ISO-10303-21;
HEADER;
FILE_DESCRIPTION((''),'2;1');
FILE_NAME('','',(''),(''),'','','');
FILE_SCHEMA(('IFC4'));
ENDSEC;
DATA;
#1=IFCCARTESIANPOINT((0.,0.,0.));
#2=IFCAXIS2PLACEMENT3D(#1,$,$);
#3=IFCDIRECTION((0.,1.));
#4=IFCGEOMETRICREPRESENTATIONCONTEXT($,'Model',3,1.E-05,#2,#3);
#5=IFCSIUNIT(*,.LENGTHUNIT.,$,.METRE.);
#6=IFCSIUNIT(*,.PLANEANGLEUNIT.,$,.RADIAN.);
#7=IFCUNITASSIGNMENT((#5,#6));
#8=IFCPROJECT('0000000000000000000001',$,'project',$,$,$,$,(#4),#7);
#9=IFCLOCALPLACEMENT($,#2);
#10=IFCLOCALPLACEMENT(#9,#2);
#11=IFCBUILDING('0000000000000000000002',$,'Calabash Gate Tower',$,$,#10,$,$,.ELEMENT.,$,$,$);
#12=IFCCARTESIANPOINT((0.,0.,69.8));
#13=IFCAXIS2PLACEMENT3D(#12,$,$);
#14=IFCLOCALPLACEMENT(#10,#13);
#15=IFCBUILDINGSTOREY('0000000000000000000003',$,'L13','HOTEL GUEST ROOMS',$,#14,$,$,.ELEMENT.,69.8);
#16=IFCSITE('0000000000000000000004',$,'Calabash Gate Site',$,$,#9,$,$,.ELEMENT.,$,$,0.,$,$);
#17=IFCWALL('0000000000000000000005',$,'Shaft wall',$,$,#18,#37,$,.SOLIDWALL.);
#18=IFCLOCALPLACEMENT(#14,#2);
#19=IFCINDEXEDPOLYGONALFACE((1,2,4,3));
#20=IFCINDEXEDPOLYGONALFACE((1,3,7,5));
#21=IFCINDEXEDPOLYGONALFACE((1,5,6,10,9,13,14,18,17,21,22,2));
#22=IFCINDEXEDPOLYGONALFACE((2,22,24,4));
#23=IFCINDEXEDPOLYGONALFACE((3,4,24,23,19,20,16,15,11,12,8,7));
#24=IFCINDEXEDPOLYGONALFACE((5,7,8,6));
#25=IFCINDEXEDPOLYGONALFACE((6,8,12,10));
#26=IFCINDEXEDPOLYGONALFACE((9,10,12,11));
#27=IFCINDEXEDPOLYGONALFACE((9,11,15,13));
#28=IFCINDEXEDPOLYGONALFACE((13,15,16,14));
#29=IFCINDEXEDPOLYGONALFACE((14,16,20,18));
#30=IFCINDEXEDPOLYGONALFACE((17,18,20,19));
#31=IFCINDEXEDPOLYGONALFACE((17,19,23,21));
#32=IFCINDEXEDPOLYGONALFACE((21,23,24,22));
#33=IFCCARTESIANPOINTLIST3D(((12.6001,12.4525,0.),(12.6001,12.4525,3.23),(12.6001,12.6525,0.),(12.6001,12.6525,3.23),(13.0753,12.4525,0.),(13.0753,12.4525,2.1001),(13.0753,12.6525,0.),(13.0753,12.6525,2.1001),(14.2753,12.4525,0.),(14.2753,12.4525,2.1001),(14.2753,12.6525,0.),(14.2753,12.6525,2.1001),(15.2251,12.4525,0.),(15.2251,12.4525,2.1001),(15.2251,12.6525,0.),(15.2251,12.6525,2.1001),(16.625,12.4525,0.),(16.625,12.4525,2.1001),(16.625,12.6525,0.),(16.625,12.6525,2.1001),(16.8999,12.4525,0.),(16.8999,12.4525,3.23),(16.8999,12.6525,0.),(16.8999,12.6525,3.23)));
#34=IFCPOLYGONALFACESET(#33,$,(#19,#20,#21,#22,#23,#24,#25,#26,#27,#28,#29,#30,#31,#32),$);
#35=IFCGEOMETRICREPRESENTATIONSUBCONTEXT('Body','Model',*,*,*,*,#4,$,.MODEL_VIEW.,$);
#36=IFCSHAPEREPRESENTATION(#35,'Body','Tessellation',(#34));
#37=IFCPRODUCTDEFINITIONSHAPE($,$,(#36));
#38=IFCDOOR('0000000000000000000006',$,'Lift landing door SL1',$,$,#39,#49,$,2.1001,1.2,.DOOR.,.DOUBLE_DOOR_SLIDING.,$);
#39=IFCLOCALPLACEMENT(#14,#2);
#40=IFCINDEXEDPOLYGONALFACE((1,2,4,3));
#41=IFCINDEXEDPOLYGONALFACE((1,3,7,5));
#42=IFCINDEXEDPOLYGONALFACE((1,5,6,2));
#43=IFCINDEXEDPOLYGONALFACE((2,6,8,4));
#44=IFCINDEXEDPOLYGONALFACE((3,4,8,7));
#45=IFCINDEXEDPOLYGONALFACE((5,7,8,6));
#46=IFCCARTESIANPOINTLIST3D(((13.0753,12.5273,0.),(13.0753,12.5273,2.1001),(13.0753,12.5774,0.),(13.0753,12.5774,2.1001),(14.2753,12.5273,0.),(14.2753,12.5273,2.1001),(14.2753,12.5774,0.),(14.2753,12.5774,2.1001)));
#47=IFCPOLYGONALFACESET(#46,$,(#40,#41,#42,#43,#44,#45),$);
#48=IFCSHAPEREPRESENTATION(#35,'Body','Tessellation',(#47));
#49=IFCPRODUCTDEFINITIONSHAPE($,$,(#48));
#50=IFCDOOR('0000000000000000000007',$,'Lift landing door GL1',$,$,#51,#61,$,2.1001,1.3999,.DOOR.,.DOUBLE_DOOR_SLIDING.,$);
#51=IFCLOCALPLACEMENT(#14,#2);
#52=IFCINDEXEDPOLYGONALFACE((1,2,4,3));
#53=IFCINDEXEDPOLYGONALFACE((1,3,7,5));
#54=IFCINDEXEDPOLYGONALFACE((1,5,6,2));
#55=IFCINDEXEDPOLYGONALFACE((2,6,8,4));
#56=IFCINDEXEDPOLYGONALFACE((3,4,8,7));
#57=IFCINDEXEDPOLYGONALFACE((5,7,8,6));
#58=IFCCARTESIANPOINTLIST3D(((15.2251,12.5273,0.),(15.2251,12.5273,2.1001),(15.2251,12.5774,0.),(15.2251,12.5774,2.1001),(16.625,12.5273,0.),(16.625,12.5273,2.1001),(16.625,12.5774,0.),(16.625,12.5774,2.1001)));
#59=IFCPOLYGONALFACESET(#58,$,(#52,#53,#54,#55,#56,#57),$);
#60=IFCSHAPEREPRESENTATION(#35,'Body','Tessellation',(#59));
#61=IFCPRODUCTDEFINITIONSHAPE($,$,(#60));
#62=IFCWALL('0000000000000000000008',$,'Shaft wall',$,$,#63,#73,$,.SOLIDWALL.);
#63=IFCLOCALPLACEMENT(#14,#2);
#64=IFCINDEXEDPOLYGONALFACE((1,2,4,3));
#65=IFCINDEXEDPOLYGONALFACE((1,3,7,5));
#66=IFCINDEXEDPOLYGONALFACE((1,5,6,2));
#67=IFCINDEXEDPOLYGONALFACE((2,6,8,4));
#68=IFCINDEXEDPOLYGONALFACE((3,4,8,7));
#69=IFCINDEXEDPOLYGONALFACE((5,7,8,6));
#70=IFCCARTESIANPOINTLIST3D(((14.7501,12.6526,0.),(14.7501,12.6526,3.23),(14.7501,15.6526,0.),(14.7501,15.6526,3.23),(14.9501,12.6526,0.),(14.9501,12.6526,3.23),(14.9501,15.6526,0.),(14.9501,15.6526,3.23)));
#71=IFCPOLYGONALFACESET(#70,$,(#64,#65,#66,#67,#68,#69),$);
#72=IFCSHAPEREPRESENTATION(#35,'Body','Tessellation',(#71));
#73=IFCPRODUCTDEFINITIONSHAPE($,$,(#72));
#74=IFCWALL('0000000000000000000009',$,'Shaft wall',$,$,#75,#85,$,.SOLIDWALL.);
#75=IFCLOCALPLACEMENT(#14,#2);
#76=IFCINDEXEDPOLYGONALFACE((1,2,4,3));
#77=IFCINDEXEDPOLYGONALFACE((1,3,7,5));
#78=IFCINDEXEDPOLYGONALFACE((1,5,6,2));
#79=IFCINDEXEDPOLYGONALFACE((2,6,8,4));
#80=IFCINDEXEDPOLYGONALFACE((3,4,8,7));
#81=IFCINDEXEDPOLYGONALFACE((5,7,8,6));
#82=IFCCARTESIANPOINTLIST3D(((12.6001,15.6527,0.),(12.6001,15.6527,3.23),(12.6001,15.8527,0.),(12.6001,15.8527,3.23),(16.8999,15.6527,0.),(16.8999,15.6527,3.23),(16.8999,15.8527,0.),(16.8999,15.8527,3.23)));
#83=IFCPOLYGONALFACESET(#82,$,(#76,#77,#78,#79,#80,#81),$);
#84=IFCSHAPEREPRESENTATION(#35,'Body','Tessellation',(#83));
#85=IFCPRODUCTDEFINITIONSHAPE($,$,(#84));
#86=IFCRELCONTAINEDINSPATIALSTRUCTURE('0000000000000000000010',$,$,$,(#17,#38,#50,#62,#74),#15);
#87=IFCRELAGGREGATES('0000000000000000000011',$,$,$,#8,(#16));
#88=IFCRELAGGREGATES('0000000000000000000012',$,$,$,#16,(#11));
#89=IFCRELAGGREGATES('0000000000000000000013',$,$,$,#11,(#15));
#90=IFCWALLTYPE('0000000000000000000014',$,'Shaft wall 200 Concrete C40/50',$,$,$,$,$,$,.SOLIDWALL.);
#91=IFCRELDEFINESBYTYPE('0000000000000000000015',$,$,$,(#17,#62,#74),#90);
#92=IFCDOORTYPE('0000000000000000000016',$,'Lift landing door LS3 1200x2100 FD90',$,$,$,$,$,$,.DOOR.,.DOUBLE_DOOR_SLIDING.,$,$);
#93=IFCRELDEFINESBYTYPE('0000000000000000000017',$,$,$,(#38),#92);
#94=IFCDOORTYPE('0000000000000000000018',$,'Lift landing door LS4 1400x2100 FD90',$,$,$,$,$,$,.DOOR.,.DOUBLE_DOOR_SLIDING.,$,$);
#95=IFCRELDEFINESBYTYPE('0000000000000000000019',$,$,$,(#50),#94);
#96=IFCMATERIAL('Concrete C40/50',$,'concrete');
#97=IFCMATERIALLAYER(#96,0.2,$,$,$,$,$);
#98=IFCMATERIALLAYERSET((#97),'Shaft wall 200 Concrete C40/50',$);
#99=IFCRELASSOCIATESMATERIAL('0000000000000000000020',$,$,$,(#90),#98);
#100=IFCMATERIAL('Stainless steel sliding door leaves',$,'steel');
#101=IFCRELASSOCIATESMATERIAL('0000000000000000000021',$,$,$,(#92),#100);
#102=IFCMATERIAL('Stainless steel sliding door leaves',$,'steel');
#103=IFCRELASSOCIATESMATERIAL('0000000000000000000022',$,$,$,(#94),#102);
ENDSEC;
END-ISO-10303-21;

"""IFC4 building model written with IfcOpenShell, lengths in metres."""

from ifc_helpers import new_model, si_unit, direction, frame, frame_2d, origin, place, context, subcontext, project, spatial, rectangle, extrude, material, layer, layer_set, type_object, element, fill, save


model = new_model("IFC4")

# Units and contexts
model_context = context("Model", 3, precision=1e-05, world=origin(), true_north=direction((0.0, 1.0)))
body_context = subcontext(model_context, "Body", "Model", "MODEL_VIEW")
ifc_project = project(units=[si_unit("LENGTHUNIT", "METRE"), si_unit("PLANEANGLEUNIT", "RADIAN")], contexts=[model_context])

# Site, building, storey
site_placement = place(None, origin())
site = spatial("IfcSite", under=ifc_project, at=site_placement, Name="Calabash Gate Site", CompositionType="ELEMENT", RefElevation=0.0)
building_placement = place(site_placement, origin())
building = spatial("IfcBuilding", under=site, at=building_placement, Name="Calabash Gate Tower", CompositionType="ELEMENT")
storey_placement = place(building_placement, frame((0.0, 0.0, 69.8)))
storey = spatial("IfcBuildingStorey", under=building, at=storey_placement, Name="L13", Description="HOTEL GUEST ROOMS", CompositionType="ELEMENT", Elevation=69.8)

# Shared definitions
ifc_material_1 = material(Name="Concrete C40/50", Category="concrete")
ifc_layer_1 = layer(ifc_material_1, 0.2)
ifc_layer_set_1 = layer_set([ifc_layer_1], Name="Shaft wall 200 Concrete C40/50")
wall_type_1 = type_object("IfcWallType", Name="Shaft wall 200 Concrete C40/50", PredefinedType="SOLIDWALL", material=ifc_layer_set_1)

# Wall, openings, doors
wall_1_placement = place(storey_placement, frame((12.6001, 12.5525, 0.0), z_axis=(0.0, 0.0, 1.0), x_axis=(1.0, 0.0, 0.0)))
wall_1 = element("IfcWall", 1, at=wall_1_placement, inside=storey, type_object=wall_type_1, Name="Shaft wall", PredefinedType="SOLIDWALL", context=body_context, shape_type="SweptSolid", body=[
    extrude(rectangle(XDim=4.2998, YDim=0.2, at=frame_2d((2.1499, 0.0))), origin(), (0.0, 0.0, 1.0), 3.23),
])
opening_1_placement = place(wall_1_placement, frame((0.4751, 0.0, 0.0)))
opening_1 = element("IfcOpeningElement", 2, at=opening_1_placement, cuts=wall_1, PredefinedType="OPENING", context=body_context, shape_type="SweptSolid", body=[
    extrude(rectangle(XDim=1.2, YDim=2.1001, at=frame_2d((0.6001, 1.05))), frame((0.0, 0.1099, 0.0), z_axis=(0.0, -1.0, 0.0), x_axis=(1.0, 0.0, 0.0)), (0.0, 0.0, 1.0), 0.22),
])
opening_2_placement = place(wall_1_placement, frame((2.625, 0.0, 0.0)))
opening_2 = element("IfcOpeningElement", 3, at=opening_2_placement, cuts=wall_1, PredefinedType="OPENING", context=body_context, shape_type="SweptSolid", body=[
    extrude(rectangle(XDim=1.3999, YDim=2.1001, at=frame_2d((0.7, 1.05))), frame((0.0, 0.1099, 0.0), z_axis=(0.0, -1.0, 0.0), x_axis=(1.0, 0.0, 0.0)), (0.0, 0.0, 1.0), 0.22),
])
ifc_material_2 = material(Name="Stainless steel sliding door leaves", Category="steel")
door_type_1 = type_object("IfcDoorType", Name="Lift landing door LS3 1200x2100 FD90", OperationType="DOUBLE_DOOR_SLIDING", PredefinedType="DOOR", material=ifc_material_2)
door_1_placement = place(opening_1_placement, origin())
door_1 = element("IfcDoor", 4, at=door_1_placement, inside=storey, type_object=door_type_1, Name="Lift landing door SL1", OperationType="DOUBLE_DOOR_SLIDING", OverallHeight=2.1001, OverallWidth=1.2, PredefinedType="DOOR", context=body_context, shape_type="SweptSolid", body=[
    extrude(rectangle(XDim=1.2, YDim=2.1001, at=frame_2d((0.6001, 1.05))), frame((0.0, 0.0249, 0.0), z_axis=(0.0, -1.0, 0.0), x_axis=(1.0, 0.0, 0.0)), (0.0, 0.0, 1.0), 0.05),
])
fill(opening_1, door_1)
ifc_material_3 = material(Name="Stainless steel sliding door leaves", Category="steel")
door_type_2 = type_object("IfcDoorType", Name="Lift landing door LS4 1400x2100 FD90", OperationType="DOUBLE_DOOR_SLIDING", PredefinedType="DOOR", material=ifc_material_3)
door_2_placement = place(opening_2_placement, origin())
door_2 = element("IfcDoor", 5, at=door_2_placement, inside=storey, type_object=door_type_2, Name="Lift landing door GL1", OperationType="DOUBLE_DOOR_SLIDING", OverallHeight=2.1001, OverallWidth=1.3999, PredefinedType="DOOR", context=body_context, shape_type="SweptSolid", body=[
    extrude(rectangle(XDim=1.3999, YDim=2.1001, at=frame_2d((0.7, 1.05))), frame((0.0, 0.0249, 0.0), z_axis=(0.0, -1.0, 0.0), x_axis=(1.0, 0.0, 0.0)), (0.0, 0.0, 1.0), 0.05),
])
fill(opening_2, door_2)

# Walls
wall_2_placement = place(storey_placement, frame((14.8501, 12.6526, 0.0), z_axis=(0.0, 0.0, 1.0), x_axis=(0.0, 1.0, 0.0)))
element("IfcWall", 6, at=wall_2_placement, inside=storey, type_object=wall_type_1, Name="Shaft wall", PredefinedType="SOLIDWALL", context=body_context, shape_type="SweptSolid", body=[
    extrude(rectangle(XDim=3.0, YDim=0.2, at=frame_2d((1.5, 0.0))), origin(), (0.0, 0.0, 1.0), 3.23),
])
wall_3_placement = place(storey_placement, frame((12.6001, 15.7527, 0.0), z_axis=(0.0, 0.0, 1.0), x_axis=(1.0, 0.0, 0.0)))
element("IfcWall", 7, at=wall_3_placement, inside=storey, type_object=wall_type_1, Name="Shaft wall", PredefinedType="SOLIDWALL", context=body_context, shape_type="SweptSolid", body=[
    extrude(rectangle(XDim=4.2998, YDim=0.2, at=frame_2d((2.1499, 0.0))), origin(), (0.0, 0.0, 1.0), 3.23),
])

save(model, "model.ifc")
